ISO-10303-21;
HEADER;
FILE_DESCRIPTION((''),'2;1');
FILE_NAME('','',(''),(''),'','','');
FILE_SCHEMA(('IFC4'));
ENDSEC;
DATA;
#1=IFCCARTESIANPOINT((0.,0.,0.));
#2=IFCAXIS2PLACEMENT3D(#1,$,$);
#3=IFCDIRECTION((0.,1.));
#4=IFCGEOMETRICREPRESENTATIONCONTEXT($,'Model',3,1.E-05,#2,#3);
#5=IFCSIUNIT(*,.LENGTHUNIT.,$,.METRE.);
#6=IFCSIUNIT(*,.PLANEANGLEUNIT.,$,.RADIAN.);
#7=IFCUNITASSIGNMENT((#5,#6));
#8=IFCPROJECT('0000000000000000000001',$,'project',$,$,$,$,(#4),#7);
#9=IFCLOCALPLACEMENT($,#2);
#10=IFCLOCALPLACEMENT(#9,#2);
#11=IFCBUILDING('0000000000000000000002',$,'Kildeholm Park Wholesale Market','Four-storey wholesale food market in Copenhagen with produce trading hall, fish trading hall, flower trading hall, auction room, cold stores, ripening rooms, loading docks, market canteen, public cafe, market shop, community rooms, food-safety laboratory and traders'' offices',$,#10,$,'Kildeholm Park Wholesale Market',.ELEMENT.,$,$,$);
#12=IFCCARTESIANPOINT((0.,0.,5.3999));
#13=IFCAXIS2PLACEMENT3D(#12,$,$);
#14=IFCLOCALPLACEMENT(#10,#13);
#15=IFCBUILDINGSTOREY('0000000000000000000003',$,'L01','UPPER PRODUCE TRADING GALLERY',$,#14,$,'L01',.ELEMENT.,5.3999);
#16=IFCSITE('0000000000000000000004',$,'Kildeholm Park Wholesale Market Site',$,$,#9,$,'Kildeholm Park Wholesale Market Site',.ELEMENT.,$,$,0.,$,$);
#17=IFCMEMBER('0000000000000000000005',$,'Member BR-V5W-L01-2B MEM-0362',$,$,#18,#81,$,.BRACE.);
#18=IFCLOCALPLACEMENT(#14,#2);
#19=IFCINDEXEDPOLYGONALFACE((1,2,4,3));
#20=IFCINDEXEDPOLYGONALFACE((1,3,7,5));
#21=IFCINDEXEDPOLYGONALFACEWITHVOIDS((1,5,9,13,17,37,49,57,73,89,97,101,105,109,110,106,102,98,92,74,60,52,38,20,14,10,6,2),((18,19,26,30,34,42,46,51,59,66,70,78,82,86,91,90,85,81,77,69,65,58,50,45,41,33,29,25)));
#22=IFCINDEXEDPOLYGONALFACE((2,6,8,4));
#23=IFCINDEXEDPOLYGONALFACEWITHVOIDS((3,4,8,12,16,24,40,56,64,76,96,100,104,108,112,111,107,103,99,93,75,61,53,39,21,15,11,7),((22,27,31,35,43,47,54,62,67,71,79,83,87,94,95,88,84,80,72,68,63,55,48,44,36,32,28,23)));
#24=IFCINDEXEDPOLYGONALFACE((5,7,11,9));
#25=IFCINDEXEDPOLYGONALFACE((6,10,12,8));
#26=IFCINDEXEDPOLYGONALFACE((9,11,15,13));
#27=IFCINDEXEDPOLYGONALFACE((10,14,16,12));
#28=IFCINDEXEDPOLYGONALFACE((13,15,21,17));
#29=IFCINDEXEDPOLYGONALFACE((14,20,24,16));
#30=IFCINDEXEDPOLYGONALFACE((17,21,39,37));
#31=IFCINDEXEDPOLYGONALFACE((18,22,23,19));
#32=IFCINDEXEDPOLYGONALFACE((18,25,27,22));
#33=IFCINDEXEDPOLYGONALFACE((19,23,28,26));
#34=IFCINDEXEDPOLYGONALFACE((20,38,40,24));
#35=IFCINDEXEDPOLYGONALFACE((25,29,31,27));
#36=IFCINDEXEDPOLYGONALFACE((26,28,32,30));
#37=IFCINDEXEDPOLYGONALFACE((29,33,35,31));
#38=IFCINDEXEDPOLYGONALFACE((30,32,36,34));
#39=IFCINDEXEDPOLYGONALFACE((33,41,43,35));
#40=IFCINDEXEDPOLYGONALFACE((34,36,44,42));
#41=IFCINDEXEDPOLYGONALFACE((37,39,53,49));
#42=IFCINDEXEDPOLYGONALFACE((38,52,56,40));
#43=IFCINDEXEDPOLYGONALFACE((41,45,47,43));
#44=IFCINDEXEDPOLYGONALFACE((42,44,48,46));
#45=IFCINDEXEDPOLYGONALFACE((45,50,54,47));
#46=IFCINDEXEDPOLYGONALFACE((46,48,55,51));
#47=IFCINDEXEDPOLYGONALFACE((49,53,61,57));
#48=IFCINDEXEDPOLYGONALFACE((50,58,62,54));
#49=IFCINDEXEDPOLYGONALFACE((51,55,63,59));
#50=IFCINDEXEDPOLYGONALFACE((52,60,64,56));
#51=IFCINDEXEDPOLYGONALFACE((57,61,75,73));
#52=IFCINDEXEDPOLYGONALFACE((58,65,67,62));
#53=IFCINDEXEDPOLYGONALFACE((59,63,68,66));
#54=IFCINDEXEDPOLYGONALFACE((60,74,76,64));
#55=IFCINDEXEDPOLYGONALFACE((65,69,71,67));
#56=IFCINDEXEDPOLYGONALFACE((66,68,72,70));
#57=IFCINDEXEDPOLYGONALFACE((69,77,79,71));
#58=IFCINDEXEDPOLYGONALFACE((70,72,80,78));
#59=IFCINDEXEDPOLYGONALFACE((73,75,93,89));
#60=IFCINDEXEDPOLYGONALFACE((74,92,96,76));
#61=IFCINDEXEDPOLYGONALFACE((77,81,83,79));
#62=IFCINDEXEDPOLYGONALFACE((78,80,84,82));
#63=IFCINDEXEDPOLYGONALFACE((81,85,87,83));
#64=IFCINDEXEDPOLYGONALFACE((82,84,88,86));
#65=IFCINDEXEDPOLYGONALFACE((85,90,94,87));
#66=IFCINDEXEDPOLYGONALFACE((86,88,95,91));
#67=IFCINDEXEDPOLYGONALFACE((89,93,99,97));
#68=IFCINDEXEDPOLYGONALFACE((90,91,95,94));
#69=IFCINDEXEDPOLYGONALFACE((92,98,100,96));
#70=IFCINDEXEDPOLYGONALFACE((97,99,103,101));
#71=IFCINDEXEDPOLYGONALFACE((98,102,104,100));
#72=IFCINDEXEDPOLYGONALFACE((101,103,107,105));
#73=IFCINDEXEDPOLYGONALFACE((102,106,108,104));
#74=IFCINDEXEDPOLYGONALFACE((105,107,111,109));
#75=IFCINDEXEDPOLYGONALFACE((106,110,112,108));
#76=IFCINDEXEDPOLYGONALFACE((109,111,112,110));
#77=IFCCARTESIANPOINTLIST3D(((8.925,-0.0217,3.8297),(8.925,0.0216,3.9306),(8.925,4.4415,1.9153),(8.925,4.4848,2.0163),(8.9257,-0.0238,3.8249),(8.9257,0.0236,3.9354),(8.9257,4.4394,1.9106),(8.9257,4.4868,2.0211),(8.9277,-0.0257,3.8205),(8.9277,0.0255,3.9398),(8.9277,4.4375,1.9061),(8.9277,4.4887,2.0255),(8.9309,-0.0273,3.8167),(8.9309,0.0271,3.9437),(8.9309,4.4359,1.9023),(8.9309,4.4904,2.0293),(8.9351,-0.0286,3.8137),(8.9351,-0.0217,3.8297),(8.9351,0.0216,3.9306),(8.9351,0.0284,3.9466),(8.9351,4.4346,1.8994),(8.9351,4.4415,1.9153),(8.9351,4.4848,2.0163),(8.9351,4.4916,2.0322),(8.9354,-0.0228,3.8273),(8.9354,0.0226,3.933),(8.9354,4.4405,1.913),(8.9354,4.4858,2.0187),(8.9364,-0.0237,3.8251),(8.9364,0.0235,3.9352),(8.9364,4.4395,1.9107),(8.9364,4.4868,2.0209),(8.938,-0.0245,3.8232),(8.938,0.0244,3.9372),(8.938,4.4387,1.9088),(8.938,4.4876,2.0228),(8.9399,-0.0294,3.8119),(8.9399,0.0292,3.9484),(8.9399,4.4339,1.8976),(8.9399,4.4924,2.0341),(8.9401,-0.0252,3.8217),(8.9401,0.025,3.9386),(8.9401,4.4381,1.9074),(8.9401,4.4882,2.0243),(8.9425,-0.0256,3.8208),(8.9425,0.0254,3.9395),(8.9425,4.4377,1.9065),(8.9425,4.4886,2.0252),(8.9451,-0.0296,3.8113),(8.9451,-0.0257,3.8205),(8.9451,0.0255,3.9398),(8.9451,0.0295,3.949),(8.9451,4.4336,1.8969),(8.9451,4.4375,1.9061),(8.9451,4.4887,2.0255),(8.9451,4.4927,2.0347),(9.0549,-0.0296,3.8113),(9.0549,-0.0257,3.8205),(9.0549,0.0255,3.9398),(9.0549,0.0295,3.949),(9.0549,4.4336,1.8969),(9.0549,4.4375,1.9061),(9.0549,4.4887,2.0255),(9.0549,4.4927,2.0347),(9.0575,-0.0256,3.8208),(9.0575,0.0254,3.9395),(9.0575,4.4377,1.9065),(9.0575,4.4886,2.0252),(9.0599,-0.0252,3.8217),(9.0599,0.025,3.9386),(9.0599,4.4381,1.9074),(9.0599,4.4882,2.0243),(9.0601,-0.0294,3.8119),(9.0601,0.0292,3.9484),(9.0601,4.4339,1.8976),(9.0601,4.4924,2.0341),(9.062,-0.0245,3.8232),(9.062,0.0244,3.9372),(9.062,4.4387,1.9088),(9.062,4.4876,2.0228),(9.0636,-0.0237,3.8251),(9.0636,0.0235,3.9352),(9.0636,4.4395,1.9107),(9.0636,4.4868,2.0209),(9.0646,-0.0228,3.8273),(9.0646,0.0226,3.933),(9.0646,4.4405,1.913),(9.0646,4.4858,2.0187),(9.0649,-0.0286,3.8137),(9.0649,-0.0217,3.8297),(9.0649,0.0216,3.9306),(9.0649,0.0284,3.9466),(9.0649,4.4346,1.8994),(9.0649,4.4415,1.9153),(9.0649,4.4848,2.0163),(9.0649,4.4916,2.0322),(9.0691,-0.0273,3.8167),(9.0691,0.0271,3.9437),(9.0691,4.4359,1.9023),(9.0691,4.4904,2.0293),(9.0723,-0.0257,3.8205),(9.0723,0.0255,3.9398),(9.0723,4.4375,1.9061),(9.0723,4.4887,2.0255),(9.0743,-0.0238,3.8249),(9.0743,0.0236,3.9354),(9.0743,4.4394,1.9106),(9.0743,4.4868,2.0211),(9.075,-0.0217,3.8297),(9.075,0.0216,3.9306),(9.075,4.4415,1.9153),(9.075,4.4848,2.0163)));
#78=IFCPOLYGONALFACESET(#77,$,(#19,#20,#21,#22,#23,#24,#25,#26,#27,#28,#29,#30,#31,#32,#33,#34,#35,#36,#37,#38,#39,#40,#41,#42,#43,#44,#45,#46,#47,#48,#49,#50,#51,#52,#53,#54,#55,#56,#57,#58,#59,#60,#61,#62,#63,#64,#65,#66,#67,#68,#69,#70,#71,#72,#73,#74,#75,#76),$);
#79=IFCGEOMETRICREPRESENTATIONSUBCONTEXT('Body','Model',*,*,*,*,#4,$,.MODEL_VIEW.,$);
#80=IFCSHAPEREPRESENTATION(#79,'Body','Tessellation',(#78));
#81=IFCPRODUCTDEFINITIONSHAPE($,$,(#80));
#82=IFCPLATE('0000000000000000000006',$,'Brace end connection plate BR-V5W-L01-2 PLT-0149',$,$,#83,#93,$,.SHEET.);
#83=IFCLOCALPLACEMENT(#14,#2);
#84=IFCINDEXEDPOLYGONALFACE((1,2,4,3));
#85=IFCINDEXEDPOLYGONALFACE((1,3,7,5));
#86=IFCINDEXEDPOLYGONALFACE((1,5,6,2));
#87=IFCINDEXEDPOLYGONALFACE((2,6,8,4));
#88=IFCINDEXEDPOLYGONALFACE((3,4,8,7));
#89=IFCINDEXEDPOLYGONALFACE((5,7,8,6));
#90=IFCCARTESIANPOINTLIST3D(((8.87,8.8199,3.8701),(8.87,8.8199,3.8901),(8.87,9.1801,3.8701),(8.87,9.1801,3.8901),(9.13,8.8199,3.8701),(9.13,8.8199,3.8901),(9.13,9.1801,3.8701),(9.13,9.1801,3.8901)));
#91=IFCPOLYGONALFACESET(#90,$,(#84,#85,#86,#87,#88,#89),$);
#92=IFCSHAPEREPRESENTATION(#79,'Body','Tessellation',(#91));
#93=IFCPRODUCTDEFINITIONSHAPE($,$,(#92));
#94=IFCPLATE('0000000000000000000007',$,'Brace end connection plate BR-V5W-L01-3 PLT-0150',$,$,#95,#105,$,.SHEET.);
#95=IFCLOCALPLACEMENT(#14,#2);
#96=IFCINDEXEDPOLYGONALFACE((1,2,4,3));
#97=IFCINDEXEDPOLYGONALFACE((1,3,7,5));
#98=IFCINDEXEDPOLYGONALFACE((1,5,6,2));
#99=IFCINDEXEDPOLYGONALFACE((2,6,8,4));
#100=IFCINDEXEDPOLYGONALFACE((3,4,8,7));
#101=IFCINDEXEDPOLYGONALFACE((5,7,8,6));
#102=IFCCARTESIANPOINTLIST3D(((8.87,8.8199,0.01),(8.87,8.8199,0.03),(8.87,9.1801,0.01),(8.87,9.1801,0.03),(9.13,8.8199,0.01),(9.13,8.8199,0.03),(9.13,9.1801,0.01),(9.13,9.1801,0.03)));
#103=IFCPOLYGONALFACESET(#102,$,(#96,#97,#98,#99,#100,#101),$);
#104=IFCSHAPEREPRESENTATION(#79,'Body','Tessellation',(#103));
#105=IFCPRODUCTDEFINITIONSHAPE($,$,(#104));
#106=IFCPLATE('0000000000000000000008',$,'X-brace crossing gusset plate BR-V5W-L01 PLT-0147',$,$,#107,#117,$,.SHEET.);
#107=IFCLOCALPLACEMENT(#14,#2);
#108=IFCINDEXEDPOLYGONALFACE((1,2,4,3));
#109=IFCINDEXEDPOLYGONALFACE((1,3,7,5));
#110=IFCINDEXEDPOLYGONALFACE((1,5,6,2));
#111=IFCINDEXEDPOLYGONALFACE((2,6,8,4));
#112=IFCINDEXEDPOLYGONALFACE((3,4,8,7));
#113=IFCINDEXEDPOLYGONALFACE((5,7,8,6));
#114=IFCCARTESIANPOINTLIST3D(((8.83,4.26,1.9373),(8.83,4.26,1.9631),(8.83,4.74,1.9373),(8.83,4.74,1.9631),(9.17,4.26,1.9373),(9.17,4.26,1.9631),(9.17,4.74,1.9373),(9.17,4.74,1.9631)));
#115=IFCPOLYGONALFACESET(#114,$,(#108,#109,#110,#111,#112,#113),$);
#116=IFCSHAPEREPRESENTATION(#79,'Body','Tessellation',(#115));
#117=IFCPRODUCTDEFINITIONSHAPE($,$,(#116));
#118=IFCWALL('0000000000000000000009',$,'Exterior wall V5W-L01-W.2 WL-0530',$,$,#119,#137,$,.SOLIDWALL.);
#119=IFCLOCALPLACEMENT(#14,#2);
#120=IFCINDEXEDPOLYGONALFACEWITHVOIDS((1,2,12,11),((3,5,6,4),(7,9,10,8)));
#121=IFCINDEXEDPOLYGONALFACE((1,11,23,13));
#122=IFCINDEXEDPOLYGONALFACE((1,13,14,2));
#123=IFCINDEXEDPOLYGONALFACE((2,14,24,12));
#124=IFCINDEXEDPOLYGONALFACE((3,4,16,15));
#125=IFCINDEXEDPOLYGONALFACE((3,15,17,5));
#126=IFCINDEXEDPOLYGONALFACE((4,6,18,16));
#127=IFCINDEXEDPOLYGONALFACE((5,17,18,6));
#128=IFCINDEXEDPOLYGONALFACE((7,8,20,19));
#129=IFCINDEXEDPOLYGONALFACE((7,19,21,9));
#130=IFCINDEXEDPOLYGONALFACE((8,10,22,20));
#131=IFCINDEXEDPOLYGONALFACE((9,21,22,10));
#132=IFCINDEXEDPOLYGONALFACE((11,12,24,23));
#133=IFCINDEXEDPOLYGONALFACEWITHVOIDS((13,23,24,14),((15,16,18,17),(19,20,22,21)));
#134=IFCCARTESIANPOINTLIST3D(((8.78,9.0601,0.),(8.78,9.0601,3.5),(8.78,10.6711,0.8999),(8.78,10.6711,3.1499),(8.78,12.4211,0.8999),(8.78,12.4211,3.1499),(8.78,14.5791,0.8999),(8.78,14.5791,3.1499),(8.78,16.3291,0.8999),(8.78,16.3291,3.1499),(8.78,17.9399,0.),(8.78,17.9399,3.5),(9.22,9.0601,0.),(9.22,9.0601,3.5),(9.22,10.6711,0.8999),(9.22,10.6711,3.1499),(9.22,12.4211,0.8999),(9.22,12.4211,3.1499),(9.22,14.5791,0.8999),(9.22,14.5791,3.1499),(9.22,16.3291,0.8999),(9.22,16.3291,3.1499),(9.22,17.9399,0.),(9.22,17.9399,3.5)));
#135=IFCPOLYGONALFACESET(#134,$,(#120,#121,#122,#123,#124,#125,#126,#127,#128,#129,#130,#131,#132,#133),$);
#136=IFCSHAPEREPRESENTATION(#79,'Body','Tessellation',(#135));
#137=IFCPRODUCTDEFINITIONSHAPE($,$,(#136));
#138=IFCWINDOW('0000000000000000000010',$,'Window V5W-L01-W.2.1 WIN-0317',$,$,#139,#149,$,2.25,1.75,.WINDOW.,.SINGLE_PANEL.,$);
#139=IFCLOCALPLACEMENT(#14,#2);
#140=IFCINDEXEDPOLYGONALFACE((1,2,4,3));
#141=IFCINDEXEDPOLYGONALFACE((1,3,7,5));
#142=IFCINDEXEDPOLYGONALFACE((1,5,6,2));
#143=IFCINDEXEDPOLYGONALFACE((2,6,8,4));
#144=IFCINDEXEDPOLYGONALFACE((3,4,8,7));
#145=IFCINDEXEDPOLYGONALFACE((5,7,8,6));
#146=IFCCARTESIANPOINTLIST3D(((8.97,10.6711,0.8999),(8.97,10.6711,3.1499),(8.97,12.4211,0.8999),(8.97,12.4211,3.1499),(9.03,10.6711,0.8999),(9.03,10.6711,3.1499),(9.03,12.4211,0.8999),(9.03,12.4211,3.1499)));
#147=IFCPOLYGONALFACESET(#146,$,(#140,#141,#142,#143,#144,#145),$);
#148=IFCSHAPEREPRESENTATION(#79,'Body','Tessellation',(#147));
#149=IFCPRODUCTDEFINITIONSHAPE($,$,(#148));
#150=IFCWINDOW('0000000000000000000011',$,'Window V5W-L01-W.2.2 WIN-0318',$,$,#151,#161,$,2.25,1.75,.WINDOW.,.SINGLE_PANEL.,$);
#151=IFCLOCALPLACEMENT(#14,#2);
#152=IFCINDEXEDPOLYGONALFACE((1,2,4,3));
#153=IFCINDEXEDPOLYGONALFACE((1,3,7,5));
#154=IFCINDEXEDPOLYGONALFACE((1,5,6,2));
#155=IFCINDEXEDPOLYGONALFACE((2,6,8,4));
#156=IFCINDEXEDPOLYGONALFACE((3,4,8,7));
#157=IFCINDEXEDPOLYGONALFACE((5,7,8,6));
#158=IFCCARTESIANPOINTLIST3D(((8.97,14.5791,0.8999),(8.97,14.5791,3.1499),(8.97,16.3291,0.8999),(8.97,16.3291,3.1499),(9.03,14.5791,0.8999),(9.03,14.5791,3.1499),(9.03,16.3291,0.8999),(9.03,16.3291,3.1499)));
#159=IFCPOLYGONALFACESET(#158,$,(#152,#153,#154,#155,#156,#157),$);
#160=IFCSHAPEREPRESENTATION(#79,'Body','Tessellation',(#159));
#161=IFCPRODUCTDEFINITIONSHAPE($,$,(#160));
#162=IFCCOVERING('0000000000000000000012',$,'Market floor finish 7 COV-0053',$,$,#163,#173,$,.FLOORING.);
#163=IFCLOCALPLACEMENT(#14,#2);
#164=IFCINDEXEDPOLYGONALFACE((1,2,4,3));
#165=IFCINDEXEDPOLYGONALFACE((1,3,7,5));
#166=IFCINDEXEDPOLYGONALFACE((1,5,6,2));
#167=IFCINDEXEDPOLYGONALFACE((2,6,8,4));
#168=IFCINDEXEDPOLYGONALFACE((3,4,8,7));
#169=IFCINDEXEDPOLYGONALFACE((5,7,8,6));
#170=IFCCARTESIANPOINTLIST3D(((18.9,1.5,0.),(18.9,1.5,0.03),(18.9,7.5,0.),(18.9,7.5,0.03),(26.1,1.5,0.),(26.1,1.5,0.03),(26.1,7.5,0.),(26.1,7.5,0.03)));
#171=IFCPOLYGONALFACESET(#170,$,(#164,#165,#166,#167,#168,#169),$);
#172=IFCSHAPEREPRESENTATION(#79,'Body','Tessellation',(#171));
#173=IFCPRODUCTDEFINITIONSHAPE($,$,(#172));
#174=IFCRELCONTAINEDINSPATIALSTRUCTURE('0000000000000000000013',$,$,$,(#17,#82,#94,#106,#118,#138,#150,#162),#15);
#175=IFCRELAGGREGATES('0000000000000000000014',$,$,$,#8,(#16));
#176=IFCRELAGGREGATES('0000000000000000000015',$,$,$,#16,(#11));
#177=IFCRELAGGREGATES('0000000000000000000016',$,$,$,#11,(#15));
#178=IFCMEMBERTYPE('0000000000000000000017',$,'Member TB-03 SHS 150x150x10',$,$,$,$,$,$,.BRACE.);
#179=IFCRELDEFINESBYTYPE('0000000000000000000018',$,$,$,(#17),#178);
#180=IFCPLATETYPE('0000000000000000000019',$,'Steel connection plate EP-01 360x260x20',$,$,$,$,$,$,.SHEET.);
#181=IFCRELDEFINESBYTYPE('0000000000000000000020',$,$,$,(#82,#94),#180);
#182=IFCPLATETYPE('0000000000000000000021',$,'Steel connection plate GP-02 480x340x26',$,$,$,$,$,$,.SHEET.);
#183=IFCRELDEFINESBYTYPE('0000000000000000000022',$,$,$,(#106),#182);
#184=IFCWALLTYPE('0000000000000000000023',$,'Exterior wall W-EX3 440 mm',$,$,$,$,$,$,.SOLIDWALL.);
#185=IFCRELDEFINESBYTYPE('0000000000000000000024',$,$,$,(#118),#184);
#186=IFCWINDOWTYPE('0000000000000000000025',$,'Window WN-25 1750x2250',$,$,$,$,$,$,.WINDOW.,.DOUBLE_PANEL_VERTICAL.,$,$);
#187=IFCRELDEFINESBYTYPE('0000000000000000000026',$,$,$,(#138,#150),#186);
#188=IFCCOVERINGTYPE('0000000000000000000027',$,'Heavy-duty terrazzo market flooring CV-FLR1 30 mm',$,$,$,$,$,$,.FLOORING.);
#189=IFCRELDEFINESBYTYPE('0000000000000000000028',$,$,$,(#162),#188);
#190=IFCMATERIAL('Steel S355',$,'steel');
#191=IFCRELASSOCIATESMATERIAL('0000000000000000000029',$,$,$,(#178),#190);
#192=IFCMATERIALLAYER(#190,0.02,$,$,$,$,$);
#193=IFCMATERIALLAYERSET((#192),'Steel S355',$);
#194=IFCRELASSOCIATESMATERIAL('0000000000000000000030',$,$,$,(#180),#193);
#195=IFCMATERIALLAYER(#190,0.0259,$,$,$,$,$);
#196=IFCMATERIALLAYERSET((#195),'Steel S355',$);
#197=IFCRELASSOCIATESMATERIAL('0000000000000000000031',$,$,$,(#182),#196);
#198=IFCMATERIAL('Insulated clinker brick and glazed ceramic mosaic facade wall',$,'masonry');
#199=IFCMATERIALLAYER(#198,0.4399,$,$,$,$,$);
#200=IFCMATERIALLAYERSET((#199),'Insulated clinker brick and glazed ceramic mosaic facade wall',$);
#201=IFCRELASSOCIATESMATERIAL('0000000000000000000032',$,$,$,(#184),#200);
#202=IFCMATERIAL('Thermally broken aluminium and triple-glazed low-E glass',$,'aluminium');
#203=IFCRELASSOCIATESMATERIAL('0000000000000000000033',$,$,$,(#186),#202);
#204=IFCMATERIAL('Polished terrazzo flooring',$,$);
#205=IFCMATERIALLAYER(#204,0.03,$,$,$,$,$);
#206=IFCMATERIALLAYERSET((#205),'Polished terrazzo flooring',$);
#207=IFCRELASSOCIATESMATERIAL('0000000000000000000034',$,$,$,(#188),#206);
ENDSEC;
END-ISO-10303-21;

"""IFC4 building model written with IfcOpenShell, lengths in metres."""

from ifc_helpers import new_model, si_unit, direction, frame, frame_2d, origin, origin_2d, place, context, subcontext, project, spatial, rectangle, hollow_rectangle, extrude, material, layer, layer_set, material_profile, profile_set, type_object, element, fill, save


model = new_model("IFC4")

# Units and contexts
model_context = context("Model", 3, precision=1e-05, world=origin(), true_north=direction((0.0, 1.0)))
body_context = subcontext(model_context, "Body", "Model", "MODEL_VIEW")
ifc_project = project(units=[si_unit("LENGTHUNIT", "METRE"), si_unit("PLANEANGLEUNIT", "RADIAN")], contexts=[model_context])

# Site, building, storey
site_placement = place(None, origin())
site = spatial("IfcSite", under=ifc_project, at=site_placement, Name="Kildeholm Park Wholesale Market Site", LongName="Kildeholm Park Wholesale Market Site", CompositionType="ELEMENT", RefElevation=0.0)
building_placement = place(site_placement, origin())
building = spatial("IfcBuilding", under=site, at=building_placement, Name="Kildeholm Park Wholesale Market", Description="Four-storey wholesale food market in Copenhagen with produce trading hall, fish trading hall, flower trading hall, auction room, cold stores, ripening rooms, loading docks, market canteen, public cafe, market shop, community rooms, food-safety laboratory and traders' offices", LongName="Kildeholm Park Wholesale Market", CompositionType="ELEMENT")
storey_placement = place(building_placement, frame((0.0, 0.0, 5.3999)))
storey = spatial("IfcBuildingStorey", under=building, at=storey_placement, Name="L01", Description="UPPER PRODUCE TRADING GALLERY", LongName="L01", CompositionType="ELEMENT", Elevation=5.3999)

# Shared definitions
ifc_material_1 = material(Name="Steel S355", Category="steel")

# Member
ifc_material_profile_1 = material_profile(ifc_material_1, hollow_rectangle(XDim=0.1499, YDim=0.1499, WallThickness=0.01, InnerFilletRadius=0.01, OuterFilletRadius=0.02, at=origin_2d()), Name="SHS 150x150x10")
ifc_profile_set_1 = profile_set([ifc_material_profile_1], Name="Steel S355")
member_type = type_object("IfcMemberType", Name="Member TB-03 SHS 150x150x10", PredefinedType="BRACE", material=ifc_profile_set_1)
for number, where, z_axis, x_axis, name in (
    (1, (9.0, 4.4631, 1.9658), (0.0, -0.919031, 0.394186), (1.0, 0.0, 0.0), "Member BR-V5W-L01-2B MEM-0362"),
):
    element("IfcMember", number, at=place(storey_placement, frame(where, z_axis=z_axis, x_axis=x_axis)), inside=storey, type_object=member_type, Name=name, PredefinedType="BRACE", context=body_context, shape_type="SweptSolid", body=[
        extrude(hollow_rectangle(XDim=0.1499, YDim=0.1499, WallThickness=0.01, InnerFilletRadius=0.01, OuterFilletRadius=0.02, at=origin_2d()), origin(), (0.0, 0.0, 1.0), 4.8564),
    ])

# Plates
ifc_layer_1 = layer(ifc_material_1, 0.02)
ifc_layer_set_1 = layer_set([ifc_layer_1], Name="Steel S355")
plate_type_1 = type_object("IfcPlateType", Name="Steel connection plate EP-01 360x260x20", PredefinedType="SHEET", material=ifc_layer_set_1)
for number, where, z_axis, x_axis, name in (
    (2, (9.0, 9.0, 3.8701), (0.0, 0.0, 1.0), (0.0, 1.0, 0.0), "Brace end connection plate BR-V5W-L01-2 PLT-0149"),
    (3, (9.0, 9.0, 0.01), (0.0, 0.0, 1.0), (0.0, 1.0, 0.0), "Brace end connection plate BR-V5W-L01-3 PLT-0150"),
):
    element("IfcPlate", number, at=place(storey_placement, frame(where, z_axis=z_axis, x_axis=x_axis)), inside=storey, type_object=plate_type_1, Name=name, PredefinedType="SHEET", context=body_context, shape_type="SweptSolid", body=[
        extrude(rectangle(XDim=0.3601, YDim=0.26, at=origin_2d()), origin(), (0.0, 0.0, 1.0), 0.02),
    ])
ifc_layer_2 = layer(ifc_material_1, 0.0259)
ifc_layer_set_2 = layer_set([ifc_layer_2], Name="Steel S355")
plate_type_2 = type_object("IfcPlateType", Name="Steel connection plate GP-02 480x340x26", PredefinedType="SHEET", material=ifc_layer_set_2)
plate_placement = place(storey_placement, frame((9.0, 4.5, 1.9373), z_axis=(0.0, 0.0, 1.0), x_axis=(0.0, 1.0, 0.0)))
element("IfcPlate", 4, at=plate_placement, inside=storey, type_object=plate_type_2, Name="X-brace crossing gusset plate BR-V5W-L01 PLT-0147", PredefinedType="SHEET", context=body_context, shape_type="SweptSolid", body=[
    extrude(rectangle(XDim=0.48, YDim=0.3401, at=origin_2d()), origin(), (0.0, 0.0, 1.0), 0.0259),
])

# Wall, openings, windows
ifc_material_2 = material(Name="Insulated clinker brick and glazed ceramic mosaic facade wall", Category="masonry")
ifc_layer_3 = layer(ifc_material_2, 0.4399)
ifc_layer_set_3 = layer_set([ifc_layer_3], Name="Insulated clinker brick and glazed ceramic mosaic facade wall")
wall_type = type_object("IfcWallType", Name="Exterior wall W-EX3 440 mm", PredefinedType="SOLIDWALL", material=ifc_layer_set_3)
wall_placement = place(storey_placement, frame((9.0, 9.0601, 0.0), z_axis=(0.0, 0.0, 1.0), x_axis=(0.0, 1.0, 0.0)))
wall = element("IfcWall", 5, at=wall_placement, inside=storey, type_object=wall_type, Name="Exterior wall V5W-L01-W.2 WL-0530", PredefinedType="SOLIDWALL", context=body_context, shape_type="SweptSolid", body=[
    extrude(rectangle(XDim=8.8799, YDim=0.4399, at=frame_2d((4.4399, 0.0))), origin(), (0.0, 0.0, 1.0), 3.5),
])
opening_1_placement = place(wall_placement, frame((1.6111, 0.0, 0.8999)))
opening_1 = element("IfcOpeningElement", 6, at=opening_1_placement, cuts=wall, PredefinedType="OPENING", context=body_context, shape_type="SweptSolid", body=[
    extrude(rectangle(XDim=1.75, YDim=2.25, at=frame_2d((0.875, 1.125))), frame((0.0, 0.23, 0.0), z_axis=(0.0, -1.0, 0.0), x_axis=(1.0, 0.0, 0.0)), (0.0, 0.0, 1.0), 0.46),
])
opening_2_placement = place(wall_placement, frame((5.519, 0.0, 0.8999)))
opening_2 = element("IfcOpeningElement", 7, at=opening_2_placement, cuts=wall, PredefinedType="OPENING", context=body_context, shape_type="SweptSolid", body=[
    extrude(rectangle(XDim=1.75, YDim=2.25, at=frame_2d((0.875, 1.125))), frame((0.0, 0.23, 0.0), z_axis=(0.0, -1.0, 0.0), x_axis=(1.0, 0.0, 0.0)), (0.0, 0.0, 1.0), 0.46),
])
ifc_material_3 = material(Name="Thermally broken aluminium and triple-glazed low-E glass", Category="aluminium")
window_type = type_object("IfcWindowType", Name="Window WN-25 1750x2250", PartitioningType="DOUBLE_PANEL_VERTICAL", PredefinedType="WINDOW", material=ifc_material_3)
window_1_placement = place(opening_1_placement, origin())
window_1 = element("IfcWindow", 8, at=window_1_placement, inside=storey, type_object=window_type, Name="Window V5W-L01-W.2.1 WIN-0317", OverallHeight=2.25, OverallWidth=1.75, PartitioningType="SINGLE_PANEL", PredefinedType="WINDOW", context=body_context, shape_type="SweptSolid", body=[
    extrude(rectangle(XDim=1.75, YDim=2.25, at=frame_2d((0.875, 1.125))), frame((0.0, 0.03, 0.0), z_axis=(0.0, -1.0, 0.0), x_axis=(1.0, 0.0, 0.0)), (0.0, 0.0, 1.0), 0.0601),
])
fill(opening_1, window_1)
window_2_placement = place(opening_2_placement, origin())
window_2 = element("IfcWindow", 9, at=window_2_placement, inside=storey, type_object=window_type, Name="Window V5W-L01-W.2.2 WIN-0318", OverallHeight=2.25, OverallWidth=1.75, PartitioningType="SINGLE_PANEL", PredefinedType="WINDOW", context=body_context, shape_type="SweptSolid", body=[
    extrude(rectangle(XDim=1.75, YDim=2.25, at=frame_2d((0.875, 1.125))), frame((0.0, 0.03, 0.0), z_axis=(0.0, -1.0, 0.0), x_axis=(1.0, 0.0, 0.0)), (0.0, 0.0, 1.0), 0.0601),
])
fill(opening_2, window_2)

# Covering
ifc_material_4 = material(Name="Polished terrazzo flooring")
ifc_layer_4 = layer(ifc_material_4, 0.03)
ifc_layer_set_4 = layer_set([ifc_layer_4], Name="Polished terrazzo flooring")
covering_type_1 = type_object("IfcCoveringType", Name="Heavy-duty terrazzo market flooring CV-FLR1 30 mm", PredefinedType="FLOORING", material=ifc_layer_set_4)
covering_1_placement = place(storey_placement, frame((22.5, 4.5, 0.0), z_axis=(0.0, 0.0, 1.0), x_axis=(1.0, 0.0, 0.0)))
element("IfcCovering", 10, at=covering_1_placement, inside=storey, type_object=covering_type_1, Name="Market floor finish 7 COV-0053", PredefinedType="FLOORING", context=body_context, shape_type="SweptSolid", body=[
    extrude(rectangle(XDim=7.2, YDim=6.0, at=origin_2d()), origin(), (0.0, 0.0, 1.0), 0.03),
])

save(model, "model.ifc")
